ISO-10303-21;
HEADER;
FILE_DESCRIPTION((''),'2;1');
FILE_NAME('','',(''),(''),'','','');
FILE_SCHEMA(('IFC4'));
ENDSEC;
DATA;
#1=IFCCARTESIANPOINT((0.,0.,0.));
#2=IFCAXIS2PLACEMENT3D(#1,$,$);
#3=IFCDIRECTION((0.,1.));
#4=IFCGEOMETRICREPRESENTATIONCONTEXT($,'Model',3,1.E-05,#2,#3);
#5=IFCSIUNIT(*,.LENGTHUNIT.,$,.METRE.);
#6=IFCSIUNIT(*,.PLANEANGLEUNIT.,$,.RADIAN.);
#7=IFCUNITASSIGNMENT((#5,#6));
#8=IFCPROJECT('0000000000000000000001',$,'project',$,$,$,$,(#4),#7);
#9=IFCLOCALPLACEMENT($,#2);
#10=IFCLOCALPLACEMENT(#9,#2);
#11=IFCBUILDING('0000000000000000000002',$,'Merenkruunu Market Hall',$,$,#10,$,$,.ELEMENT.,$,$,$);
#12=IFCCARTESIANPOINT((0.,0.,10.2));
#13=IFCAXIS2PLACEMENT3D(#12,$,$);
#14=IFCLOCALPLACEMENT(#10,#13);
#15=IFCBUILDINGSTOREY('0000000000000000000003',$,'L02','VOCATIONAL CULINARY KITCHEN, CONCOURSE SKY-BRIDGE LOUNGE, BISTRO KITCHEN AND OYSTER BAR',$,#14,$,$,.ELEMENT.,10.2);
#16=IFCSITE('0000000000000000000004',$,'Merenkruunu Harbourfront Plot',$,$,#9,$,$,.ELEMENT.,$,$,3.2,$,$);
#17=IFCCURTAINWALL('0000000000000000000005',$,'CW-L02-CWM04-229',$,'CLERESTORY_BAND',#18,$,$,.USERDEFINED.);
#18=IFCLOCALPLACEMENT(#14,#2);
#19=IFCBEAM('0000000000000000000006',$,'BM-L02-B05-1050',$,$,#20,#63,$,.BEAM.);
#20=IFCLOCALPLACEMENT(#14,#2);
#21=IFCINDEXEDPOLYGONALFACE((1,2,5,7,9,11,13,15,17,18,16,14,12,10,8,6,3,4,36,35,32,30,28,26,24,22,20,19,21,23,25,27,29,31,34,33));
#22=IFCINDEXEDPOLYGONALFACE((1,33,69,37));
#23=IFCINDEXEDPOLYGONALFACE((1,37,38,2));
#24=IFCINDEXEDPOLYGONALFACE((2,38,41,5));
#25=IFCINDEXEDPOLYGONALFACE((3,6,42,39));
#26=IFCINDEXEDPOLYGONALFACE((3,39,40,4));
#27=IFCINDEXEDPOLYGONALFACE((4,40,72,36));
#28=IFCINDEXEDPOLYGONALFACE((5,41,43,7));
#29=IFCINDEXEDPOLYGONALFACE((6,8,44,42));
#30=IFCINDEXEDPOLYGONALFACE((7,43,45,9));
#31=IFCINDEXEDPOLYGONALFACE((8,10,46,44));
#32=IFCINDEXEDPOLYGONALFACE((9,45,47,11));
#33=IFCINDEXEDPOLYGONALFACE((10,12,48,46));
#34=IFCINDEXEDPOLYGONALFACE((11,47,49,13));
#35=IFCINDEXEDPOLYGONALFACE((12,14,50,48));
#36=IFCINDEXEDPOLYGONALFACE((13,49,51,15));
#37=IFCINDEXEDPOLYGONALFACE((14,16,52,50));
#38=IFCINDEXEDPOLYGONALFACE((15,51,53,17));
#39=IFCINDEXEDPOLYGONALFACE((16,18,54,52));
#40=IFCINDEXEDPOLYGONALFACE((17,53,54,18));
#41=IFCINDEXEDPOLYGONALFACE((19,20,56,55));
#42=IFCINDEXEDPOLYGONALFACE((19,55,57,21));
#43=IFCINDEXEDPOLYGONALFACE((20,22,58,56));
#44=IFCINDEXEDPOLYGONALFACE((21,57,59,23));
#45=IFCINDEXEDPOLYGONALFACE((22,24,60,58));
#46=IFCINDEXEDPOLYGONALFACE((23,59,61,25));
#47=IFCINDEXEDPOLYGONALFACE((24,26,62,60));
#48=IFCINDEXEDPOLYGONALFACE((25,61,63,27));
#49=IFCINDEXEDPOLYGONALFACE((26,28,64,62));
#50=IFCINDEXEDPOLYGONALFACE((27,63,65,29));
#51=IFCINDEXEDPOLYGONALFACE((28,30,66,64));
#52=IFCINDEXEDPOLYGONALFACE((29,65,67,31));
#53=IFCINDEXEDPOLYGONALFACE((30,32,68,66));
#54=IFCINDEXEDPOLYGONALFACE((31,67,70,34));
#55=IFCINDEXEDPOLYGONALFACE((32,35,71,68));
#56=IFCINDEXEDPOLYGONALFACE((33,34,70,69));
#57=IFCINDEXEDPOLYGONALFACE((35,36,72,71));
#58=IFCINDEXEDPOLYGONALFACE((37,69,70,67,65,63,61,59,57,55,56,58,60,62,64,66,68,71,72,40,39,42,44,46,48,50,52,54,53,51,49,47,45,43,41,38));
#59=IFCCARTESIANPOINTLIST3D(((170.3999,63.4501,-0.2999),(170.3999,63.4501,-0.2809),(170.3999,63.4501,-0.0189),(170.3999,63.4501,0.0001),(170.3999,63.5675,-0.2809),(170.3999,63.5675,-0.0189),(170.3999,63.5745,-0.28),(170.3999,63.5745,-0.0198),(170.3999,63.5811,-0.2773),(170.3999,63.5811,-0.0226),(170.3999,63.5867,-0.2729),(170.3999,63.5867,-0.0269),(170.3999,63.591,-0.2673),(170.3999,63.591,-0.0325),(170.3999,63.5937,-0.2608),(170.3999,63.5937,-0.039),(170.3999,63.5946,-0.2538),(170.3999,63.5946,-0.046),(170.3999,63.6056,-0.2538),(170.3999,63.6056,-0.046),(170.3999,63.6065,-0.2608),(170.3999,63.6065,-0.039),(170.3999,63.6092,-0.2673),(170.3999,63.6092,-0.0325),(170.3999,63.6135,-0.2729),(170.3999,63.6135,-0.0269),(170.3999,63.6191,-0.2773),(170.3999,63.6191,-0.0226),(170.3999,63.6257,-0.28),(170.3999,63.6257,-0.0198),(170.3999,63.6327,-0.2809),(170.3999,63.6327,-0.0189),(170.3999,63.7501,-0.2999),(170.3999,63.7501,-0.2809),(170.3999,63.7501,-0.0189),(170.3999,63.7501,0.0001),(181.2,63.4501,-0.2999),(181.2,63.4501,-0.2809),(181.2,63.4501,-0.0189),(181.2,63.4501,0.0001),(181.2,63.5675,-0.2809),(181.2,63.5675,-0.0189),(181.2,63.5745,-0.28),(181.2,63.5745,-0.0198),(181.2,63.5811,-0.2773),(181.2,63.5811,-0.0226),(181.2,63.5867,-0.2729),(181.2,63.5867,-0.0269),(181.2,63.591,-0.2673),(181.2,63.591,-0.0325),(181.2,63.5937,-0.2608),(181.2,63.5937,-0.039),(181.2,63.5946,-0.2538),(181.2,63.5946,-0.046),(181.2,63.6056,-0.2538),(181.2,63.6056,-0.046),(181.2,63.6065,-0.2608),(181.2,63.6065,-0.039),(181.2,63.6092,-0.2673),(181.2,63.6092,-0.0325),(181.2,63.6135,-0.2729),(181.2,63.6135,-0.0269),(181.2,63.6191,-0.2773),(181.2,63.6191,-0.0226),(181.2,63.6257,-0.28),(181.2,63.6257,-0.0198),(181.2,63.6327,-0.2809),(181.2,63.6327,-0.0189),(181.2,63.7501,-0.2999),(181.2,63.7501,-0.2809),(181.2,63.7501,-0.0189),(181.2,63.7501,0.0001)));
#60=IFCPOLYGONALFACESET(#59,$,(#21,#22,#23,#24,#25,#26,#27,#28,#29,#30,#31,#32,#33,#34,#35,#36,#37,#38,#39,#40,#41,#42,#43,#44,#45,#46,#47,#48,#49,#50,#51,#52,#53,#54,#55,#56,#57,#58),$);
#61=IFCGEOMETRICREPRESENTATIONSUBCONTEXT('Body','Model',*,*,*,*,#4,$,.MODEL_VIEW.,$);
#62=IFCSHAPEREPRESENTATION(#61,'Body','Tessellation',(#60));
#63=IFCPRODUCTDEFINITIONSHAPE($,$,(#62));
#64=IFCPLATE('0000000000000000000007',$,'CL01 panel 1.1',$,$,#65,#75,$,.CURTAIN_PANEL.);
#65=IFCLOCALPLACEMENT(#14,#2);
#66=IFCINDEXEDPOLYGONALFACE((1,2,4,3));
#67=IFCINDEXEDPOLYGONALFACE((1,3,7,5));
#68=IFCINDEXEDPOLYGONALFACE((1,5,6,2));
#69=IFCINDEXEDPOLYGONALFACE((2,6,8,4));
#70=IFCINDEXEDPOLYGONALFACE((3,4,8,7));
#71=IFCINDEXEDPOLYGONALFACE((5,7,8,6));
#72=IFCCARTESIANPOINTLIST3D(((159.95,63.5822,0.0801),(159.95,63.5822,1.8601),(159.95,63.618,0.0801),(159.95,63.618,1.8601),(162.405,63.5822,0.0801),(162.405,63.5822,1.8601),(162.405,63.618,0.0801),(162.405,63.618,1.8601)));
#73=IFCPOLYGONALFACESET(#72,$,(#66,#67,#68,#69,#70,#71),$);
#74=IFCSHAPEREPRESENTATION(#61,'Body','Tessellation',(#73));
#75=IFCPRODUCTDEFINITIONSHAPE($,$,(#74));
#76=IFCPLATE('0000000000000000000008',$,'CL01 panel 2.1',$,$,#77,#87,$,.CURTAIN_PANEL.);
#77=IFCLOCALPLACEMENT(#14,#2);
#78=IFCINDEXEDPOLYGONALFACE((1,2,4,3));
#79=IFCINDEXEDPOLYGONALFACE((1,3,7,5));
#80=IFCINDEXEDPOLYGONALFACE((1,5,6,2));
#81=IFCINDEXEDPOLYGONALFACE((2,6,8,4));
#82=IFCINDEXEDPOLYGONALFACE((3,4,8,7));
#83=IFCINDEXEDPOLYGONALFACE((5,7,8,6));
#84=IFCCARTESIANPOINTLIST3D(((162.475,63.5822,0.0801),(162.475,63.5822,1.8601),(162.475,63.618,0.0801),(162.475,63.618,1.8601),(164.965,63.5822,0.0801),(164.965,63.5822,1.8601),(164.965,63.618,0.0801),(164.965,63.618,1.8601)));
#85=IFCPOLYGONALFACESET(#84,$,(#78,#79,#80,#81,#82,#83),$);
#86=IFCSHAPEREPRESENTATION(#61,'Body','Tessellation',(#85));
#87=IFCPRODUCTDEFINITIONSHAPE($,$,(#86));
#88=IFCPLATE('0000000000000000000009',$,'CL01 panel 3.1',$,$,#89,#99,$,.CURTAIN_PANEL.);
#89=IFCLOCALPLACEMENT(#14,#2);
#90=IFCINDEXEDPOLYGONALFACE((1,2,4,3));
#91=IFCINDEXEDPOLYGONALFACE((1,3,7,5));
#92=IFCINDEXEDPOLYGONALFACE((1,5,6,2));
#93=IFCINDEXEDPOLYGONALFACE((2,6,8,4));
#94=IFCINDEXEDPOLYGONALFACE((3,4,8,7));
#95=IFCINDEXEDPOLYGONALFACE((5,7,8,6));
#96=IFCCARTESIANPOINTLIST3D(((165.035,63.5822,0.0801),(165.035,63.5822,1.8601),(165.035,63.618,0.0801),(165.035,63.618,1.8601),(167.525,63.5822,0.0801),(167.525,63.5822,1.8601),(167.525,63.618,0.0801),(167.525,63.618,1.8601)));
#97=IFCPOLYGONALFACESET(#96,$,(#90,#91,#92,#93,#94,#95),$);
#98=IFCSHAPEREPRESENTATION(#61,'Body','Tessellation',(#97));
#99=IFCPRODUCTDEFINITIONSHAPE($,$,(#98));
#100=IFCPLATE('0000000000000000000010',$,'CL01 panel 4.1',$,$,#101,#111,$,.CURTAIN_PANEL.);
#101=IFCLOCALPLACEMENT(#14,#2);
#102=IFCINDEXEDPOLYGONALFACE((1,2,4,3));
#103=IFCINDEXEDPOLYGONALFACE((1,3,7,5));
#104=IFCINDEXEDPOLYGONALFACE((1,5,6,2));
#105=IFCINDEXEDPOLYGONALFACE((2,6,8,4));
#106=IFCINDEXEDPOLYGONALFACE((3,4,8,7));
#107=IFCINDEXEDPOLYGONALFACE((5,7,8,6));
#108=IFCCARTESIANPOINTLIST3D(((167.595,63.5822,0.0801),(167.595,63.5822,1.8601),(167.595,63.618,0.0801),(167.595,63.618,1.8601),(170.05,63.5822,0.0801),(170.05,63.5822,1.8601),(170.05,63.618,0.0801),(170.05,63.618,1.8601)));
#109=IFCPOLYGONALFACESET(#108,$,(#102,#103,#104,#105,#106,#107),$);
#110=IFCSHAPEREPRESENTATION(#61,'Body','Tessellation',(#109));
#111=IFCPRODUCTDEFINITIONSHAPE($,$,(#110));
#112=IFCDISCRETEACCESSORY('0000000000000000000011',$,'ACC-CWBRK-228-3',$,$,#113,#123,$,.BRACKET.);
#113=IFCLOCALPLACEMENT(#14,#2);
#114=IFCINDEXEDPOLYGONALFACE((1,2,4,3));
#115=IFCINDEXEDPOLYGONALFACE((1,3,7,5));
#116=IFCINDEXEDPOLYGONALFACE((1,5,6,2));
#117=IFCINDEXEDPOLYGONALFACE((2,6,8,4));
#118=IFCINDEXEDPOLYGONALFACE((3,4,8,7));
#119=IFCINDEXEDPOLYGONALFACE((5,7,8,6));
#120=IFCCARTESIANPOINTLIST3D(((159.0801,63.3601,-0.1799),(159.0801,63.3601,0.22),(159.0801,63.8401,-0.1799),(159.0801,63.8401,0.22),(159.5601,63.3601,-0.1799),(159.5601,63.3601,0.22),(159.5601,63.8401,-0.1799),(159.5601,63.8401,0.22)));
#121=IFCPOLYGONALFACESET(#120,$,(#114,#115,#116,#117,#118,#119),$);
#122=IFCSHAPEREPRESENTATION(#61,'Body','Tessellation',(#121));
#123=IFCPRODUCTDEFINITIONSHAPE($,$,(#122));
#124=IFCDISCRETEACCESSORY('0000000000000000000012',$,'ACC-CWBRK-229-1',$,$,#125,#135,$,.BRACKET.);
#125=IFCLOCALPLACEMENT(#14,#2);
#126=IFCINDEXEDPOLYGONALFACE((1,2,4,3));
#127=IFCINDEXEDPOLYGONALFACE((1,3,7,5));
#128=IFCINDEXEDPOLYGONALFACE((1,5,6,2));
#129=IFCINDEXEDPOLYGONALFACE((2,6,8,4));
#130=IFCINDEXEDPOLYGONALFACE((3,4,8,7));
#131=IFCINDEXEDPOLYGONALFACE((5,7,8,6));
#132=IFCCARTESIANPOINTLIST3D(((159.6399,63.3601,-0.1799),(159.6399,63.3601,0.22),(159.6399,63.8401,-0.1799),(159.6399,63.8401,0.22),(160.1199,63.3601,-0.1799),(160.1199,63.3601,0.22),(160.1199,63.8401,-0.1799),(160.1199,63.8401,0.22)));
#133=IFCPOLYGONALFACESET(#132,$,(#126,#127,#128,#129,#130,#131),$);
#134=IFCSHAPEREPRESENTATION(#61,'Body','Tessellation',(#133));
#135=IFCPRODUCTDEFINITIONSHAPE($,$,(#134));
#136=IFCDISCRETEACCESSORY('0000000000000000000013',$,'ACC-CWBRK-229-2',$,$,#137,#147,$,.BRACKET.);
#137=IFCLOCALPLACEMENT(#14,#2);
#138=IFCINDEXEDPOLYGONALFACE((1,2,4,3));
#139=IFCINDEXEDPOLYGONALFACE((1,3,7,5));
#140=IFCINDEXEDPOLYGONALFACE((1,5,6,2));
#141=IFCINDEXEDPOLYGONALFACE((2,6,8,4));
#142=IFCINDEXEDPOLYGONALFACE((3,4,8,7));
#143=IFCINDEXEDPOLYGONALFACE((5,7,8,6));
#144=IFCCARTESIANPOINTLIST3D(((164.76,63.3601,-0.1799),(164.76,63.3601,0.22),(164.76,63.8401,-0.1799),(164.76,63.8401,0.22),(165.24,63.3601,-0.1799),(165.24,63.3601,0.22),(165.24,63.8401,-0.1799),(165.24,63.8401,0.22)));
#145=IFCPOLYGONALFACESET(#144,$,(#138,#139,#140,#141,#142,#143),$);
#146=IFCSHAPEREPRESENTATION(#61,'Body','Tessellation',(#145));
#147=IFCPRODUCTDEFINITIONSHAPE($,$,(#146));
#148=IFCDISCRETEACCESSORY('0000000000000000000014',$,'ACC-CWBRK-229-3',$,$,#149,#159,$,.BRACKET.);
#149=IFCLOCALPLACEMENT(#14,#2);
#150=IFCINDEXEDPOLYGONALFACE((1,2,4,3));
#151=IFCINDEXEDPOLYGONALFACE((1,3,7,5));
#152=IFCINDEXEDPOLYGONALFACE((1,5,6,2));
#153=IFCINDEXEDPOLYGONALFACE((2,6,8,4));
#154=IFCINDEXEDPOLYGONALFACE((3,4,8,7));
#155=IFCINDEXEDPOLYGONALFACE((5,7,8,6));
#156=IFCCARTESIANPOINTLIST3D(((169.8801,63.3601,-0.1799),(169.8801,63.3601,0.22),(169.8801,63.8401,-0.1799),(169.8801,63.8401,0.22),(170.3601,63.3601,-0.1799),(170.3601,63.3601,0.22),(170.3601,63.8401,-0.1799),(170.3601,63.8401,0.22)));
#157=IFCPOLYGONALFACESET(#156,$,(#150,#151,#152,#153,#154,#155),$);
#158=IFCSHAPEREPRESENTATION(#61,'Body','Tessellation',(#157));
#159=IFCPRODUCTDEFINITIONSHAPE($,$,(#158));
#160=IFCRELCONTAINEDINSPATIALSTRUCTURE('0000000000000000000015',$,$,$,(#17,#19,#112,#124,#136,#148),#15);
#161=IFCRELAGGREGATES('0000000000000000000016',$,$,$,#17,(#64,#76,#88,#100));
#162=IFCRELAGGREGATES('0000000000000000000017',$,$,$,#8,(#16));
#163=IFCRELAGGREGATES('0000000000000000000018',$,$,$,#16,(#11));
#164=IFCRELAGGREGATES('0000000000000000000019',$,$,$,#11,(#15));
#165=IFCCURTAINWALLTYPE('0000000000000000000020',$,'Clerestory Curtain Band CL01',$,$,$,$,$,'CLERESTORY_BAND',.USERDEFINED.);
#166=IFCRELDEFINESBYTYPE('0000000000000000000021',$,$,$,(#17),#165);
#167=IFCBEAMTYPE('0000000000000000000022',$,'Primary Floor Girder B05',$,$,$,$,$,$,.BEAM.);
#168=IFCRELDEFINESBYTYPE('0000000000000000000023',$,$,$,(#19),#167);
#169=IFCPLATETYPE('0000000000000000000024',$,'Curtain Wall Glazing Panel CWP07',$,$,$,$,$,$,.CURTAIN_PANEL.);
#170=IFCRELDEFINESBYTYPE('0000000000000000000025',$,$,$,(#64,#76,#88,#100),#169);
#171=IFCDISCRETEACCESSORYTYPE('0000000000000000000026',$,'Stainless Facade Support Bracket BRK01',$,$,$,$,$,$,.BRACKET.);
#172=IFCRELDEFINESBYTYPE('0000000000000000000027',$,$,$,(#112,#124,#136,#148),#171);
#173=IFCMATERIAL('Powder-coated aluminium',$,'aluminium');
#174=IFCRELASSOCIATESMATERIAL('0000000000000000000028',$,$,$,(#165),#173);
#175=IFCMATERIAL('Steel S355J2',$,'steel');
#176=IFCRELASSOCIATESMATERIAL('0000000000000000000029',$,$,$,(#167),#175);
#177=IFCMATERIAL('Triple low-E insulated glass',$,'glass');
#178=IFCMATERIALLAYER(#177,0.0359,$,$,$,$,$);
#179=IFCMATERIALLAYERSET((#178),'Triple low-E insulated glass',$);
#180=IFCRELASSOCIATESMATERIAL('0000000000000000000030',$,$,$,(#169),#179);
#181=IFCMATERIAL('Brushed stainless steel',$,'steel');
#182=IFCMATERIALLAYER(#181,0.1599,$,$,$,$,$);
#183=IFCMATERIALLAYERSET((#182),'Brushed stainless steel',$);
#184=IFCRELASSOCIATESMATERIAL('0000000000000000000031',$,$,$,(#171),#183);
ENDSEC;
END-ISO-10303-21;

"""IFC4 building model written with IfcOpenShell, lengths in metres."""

from ifc_helpers import new_model, si_unit, direction, frame, origin, origin_2d, place, context, subcontext, project, spatial, rectangle, i_section, extrude, material, layer, layer_set, material_profile, profile_set, type_object, element, aggregate, save


model = new_model("IFC4")

# Units and contexts
model_context = context("Model", 3, precision=1e-05, world=origin(), true_north=direction((0.0, 1.0)))
body_context = subcontext(model_context, "Body", "Model", "MODEL_VIEW")
ifc_project = project(units=[si_unit("LENGTHUNIT", "METRE"), si_unit("PLANEANGLEUNIT", "RADIAN")], contexts=[model_context])

# Site, building, storey
site_placement = place(None, origin())
site = spatial("IfcSite", under=ifc_project, at=site_placement, Name="Merenkruunu Harbourfront Plot", CompositionType="ELEMENT", RefElevation=3.2)
building_placement = place(site_placement, origin())
building = spatial("IfcBuilding", under=site, at=building_placement, Name="Merenkruunu Market Hall", CompositionType="ELEMENT")
storey_placement = place(building_placement, frame((0.0, 0.0, 10.2)))
storey = spatial("IfcBuildingStorey", under=building, at=storey_placement, Name="L02", Description="VOCATIONAL CULINARY KITCHEN, CONCOURSE SKY-BRIDGE LOUNGE, BISTRO KITCHEN AND OYSTER BAR", CompositionType="ELEMENT", Elevation=10.2)

# Shared definitions
ifc_material_1 = material(Name="Steel S355J2", Category="steel")

# Shared definitions
ifc_material_2 = material(Name="Powder-coated aluminium", Category="aluminium")
curtain_wall_type = type_object("IfcCurtainWallType", Name="Clerestory Curtain Band CL01", ElementType="CLERESTORY_BAND", PredefinedType="USERDEFINED", material=ifc_material_2)

# Curtain wall
curtain_wall_1_placement = place(storey_placement, origin())
curtain_wall_1 = element("IfcCurtainWall", 1, at=curtain_wall_1_placement, inside=storey, type_object=curtain_wall_type, Name="CW-L02-CWM04-229", ObjectType="CLERESTORY_BAND", PredefinedType="USERDEFINED")

# Beam
ifc_material_profile_1 = material_profile(ifc_material_1, i_section(OverallWidth=0.3, OverallDepth=0.3, WebThickness=0.011, FlangeThickness=0.019, FilletRadius=0.0271, at=origin_2d()), Name="HEB 300")
ifc_profile_set_1 = profile_set([ifc_material_profile_1], Name="Steel S355J2")
beam_type = type_object("IfcBeamType", Name="Primary Floor Girder B05", PredefinedType="BEAM", material=ifc_profile_set_1)
beam_1_placement = place(storey_placement, frame((170.3999, 63.6001, -0.1499), z_axis=(1.0, 0.0, 0.0), x_axis=(0.0, 1.0, 0.0)))
element("IfcBeam", 2, at=beam_1_placement, inside=storey, type_object=beam_type, Name="BM-L02-B05-1050", PredefinedType="BEAM", context=body_context, shape_type="SweptSolid", body=[
    extrude(i_section(OverallWidth=0.3, OverallDepth=0.3, WebThickness=0.011, FlangeThickness=0.019, FilletRadius=0.0271, at=origin_2d()), origin(), (0.0, 0.0, 1.0), 10.8),
])

# Plates
ifc_material_3 = material(Name="Triple low-E insulated glass", Category="glass")
ifc_layer_1 = layer(ifc_material_3, 0.0359)
ifc_layer_set_1 = layer_set([ifc_layer_1], Name="Triple low-E insulated glass")
plate_type = type_object("IfcPlateType", Name="Curtain Wall Glazing Panel CWP07", PredefinedType="CURTAIN_PANEL", material=ifc_layer_set_1)
plate_1_placement = place(storey_placement, frame((161.1775, 63.6001, 0.0801), z_axis=(0.0, 0.0, 1.0), x_axis=(1.0, 0.0, 0.0)))
plate_1 = element("IfcPlate", 3, at=plate_1_placement, type_object=plate_type, Name="CL01 panel 1.1", PredefinedType="CURTAIN_PANEL", context=body_context, shape_type="SweptSolid", body=[
    extrude(rectangle(XDim=2.4551, YDim=0.0359, at=origin_2d()), origin(), (0.0, 0.0, 1.0), 1.78),
])
plate_2_placement = place(storey_placement, frame((163.72, 63.6001, 0.0801), z_axis=(0.0, 0.0, 1.0), x_axis=(1.0, 0.0, 0.0)))
plate_2 = element("IfcPlate", 4, at=plate_2_placement, type_object=plate_type, Name="CL01 panel 2.1", PredefinedType="CURTAIN_PANEL", context=body_context, shape_type="SweptSolid", body=[
    extrude(rectangle(XDim=2.49, YDim=0.0359, at=origin_2d()), origin(), (0.0, 0.0, 1.0), 1.78),
])
plate_3_placement = place(storey_placement, frame((166.28, 63.6001, 0.0801), z_axis=(0.0, 0.0, 1.0), x_axis=(1.0, 0.0, 0.0)))
plate_3 = element("IfcPlate", 5, at=plate_3_placement, type_object=plate_type, Name="CL01 panel 3.1", PredefinedType="CURTAIN_PANEL", context=body_context, shape_type="SweptSolid", body=[
    extrude(rectangle(XDim=2.49, YDim=0.0359, at=origin_2d()), origin(), (0.0, 0.0, 1.0), 1.78),
])
plate_4_placement = place(storey_placement, frame((168.8225, 63.6001, 0.0801), z_axis=(0.0, 0.0, 1.0), x_axis=(1.0, 0.0, 0.0)))
plate_4 = element("IfcPlate", 6, at=plate_4_placement, type_object=plate_type, Name="CL01 panel 4.1", PredefinedType="CURTAIN_PANEL", context=body_context, shape_type="SweptSolid", body=[
    extrude(rectangle(XDim=2.4551, YDim=0.0359, at=origin_2d()), origin(), (0.0, 0.0, 1.0), 1.78),
])
aggregate(curtain_wall_1, [plate_1, plate_2, plate_3, plate_4])

# Discrete accessories
ifc_material_4 = material(Name="Brushed stainless steel", Category="steel")
ifc_layer_2 = layer(ifc_material_4, 0.1599)
ifc_layer_set_2 = layer_set([ifc_layer_2], Name="Brushed stainless steel")
discrete_accessory_type = type_object("IfcDiscreteAccessoryType", Name="Stainless Facade Support Bracket BRK01", PredefinedType="BRACKET", material=ifc_layer_set_2)
for number, where, z_axis, x_axis, name in (
    (7, (159.3201, 63.6001, -0.1799), (0.0, 0.0, 1.0), (1.0, 0.0, 0.0), "ACC-CWBRK-228-3"),
    (8, (159.8799, 63.6001, -0.1799), (0.0, 0.0, 1.0), (1.0, 0.0, 0.0), "ACC-CWBRK-229-1"),
    (9, (165.0, 63.6001, -0.1799), (0.0, 0.0, 1.0), (1.0, 0.0, 0.0), "ACC-CWBRK-229-2"),
    (10, (170.1201, 63.6001, -0.1799), (0.0, 0.0, 1.0), (1.0, 0.0, 0.0), "ACC-CWBRK-229-3"),
):
    element("IfcDiscreteAccessory", number, at=place(storey_placement, frame(where, z_axis=z_axis, x_axis=x_axis)), inside=storey, type_object=discrete_accessory_type, Name=name, PredefinedType="BRACKET", context=body_context, shape_type="SweptSolid", body=[
        extrude(rectangle(XDim=0.48, YDim=0.48, at=origin_2d()), origin(), (0.0, 0.0, 1.0), 0.3999),
    ])

save(model, "model.ifc")
